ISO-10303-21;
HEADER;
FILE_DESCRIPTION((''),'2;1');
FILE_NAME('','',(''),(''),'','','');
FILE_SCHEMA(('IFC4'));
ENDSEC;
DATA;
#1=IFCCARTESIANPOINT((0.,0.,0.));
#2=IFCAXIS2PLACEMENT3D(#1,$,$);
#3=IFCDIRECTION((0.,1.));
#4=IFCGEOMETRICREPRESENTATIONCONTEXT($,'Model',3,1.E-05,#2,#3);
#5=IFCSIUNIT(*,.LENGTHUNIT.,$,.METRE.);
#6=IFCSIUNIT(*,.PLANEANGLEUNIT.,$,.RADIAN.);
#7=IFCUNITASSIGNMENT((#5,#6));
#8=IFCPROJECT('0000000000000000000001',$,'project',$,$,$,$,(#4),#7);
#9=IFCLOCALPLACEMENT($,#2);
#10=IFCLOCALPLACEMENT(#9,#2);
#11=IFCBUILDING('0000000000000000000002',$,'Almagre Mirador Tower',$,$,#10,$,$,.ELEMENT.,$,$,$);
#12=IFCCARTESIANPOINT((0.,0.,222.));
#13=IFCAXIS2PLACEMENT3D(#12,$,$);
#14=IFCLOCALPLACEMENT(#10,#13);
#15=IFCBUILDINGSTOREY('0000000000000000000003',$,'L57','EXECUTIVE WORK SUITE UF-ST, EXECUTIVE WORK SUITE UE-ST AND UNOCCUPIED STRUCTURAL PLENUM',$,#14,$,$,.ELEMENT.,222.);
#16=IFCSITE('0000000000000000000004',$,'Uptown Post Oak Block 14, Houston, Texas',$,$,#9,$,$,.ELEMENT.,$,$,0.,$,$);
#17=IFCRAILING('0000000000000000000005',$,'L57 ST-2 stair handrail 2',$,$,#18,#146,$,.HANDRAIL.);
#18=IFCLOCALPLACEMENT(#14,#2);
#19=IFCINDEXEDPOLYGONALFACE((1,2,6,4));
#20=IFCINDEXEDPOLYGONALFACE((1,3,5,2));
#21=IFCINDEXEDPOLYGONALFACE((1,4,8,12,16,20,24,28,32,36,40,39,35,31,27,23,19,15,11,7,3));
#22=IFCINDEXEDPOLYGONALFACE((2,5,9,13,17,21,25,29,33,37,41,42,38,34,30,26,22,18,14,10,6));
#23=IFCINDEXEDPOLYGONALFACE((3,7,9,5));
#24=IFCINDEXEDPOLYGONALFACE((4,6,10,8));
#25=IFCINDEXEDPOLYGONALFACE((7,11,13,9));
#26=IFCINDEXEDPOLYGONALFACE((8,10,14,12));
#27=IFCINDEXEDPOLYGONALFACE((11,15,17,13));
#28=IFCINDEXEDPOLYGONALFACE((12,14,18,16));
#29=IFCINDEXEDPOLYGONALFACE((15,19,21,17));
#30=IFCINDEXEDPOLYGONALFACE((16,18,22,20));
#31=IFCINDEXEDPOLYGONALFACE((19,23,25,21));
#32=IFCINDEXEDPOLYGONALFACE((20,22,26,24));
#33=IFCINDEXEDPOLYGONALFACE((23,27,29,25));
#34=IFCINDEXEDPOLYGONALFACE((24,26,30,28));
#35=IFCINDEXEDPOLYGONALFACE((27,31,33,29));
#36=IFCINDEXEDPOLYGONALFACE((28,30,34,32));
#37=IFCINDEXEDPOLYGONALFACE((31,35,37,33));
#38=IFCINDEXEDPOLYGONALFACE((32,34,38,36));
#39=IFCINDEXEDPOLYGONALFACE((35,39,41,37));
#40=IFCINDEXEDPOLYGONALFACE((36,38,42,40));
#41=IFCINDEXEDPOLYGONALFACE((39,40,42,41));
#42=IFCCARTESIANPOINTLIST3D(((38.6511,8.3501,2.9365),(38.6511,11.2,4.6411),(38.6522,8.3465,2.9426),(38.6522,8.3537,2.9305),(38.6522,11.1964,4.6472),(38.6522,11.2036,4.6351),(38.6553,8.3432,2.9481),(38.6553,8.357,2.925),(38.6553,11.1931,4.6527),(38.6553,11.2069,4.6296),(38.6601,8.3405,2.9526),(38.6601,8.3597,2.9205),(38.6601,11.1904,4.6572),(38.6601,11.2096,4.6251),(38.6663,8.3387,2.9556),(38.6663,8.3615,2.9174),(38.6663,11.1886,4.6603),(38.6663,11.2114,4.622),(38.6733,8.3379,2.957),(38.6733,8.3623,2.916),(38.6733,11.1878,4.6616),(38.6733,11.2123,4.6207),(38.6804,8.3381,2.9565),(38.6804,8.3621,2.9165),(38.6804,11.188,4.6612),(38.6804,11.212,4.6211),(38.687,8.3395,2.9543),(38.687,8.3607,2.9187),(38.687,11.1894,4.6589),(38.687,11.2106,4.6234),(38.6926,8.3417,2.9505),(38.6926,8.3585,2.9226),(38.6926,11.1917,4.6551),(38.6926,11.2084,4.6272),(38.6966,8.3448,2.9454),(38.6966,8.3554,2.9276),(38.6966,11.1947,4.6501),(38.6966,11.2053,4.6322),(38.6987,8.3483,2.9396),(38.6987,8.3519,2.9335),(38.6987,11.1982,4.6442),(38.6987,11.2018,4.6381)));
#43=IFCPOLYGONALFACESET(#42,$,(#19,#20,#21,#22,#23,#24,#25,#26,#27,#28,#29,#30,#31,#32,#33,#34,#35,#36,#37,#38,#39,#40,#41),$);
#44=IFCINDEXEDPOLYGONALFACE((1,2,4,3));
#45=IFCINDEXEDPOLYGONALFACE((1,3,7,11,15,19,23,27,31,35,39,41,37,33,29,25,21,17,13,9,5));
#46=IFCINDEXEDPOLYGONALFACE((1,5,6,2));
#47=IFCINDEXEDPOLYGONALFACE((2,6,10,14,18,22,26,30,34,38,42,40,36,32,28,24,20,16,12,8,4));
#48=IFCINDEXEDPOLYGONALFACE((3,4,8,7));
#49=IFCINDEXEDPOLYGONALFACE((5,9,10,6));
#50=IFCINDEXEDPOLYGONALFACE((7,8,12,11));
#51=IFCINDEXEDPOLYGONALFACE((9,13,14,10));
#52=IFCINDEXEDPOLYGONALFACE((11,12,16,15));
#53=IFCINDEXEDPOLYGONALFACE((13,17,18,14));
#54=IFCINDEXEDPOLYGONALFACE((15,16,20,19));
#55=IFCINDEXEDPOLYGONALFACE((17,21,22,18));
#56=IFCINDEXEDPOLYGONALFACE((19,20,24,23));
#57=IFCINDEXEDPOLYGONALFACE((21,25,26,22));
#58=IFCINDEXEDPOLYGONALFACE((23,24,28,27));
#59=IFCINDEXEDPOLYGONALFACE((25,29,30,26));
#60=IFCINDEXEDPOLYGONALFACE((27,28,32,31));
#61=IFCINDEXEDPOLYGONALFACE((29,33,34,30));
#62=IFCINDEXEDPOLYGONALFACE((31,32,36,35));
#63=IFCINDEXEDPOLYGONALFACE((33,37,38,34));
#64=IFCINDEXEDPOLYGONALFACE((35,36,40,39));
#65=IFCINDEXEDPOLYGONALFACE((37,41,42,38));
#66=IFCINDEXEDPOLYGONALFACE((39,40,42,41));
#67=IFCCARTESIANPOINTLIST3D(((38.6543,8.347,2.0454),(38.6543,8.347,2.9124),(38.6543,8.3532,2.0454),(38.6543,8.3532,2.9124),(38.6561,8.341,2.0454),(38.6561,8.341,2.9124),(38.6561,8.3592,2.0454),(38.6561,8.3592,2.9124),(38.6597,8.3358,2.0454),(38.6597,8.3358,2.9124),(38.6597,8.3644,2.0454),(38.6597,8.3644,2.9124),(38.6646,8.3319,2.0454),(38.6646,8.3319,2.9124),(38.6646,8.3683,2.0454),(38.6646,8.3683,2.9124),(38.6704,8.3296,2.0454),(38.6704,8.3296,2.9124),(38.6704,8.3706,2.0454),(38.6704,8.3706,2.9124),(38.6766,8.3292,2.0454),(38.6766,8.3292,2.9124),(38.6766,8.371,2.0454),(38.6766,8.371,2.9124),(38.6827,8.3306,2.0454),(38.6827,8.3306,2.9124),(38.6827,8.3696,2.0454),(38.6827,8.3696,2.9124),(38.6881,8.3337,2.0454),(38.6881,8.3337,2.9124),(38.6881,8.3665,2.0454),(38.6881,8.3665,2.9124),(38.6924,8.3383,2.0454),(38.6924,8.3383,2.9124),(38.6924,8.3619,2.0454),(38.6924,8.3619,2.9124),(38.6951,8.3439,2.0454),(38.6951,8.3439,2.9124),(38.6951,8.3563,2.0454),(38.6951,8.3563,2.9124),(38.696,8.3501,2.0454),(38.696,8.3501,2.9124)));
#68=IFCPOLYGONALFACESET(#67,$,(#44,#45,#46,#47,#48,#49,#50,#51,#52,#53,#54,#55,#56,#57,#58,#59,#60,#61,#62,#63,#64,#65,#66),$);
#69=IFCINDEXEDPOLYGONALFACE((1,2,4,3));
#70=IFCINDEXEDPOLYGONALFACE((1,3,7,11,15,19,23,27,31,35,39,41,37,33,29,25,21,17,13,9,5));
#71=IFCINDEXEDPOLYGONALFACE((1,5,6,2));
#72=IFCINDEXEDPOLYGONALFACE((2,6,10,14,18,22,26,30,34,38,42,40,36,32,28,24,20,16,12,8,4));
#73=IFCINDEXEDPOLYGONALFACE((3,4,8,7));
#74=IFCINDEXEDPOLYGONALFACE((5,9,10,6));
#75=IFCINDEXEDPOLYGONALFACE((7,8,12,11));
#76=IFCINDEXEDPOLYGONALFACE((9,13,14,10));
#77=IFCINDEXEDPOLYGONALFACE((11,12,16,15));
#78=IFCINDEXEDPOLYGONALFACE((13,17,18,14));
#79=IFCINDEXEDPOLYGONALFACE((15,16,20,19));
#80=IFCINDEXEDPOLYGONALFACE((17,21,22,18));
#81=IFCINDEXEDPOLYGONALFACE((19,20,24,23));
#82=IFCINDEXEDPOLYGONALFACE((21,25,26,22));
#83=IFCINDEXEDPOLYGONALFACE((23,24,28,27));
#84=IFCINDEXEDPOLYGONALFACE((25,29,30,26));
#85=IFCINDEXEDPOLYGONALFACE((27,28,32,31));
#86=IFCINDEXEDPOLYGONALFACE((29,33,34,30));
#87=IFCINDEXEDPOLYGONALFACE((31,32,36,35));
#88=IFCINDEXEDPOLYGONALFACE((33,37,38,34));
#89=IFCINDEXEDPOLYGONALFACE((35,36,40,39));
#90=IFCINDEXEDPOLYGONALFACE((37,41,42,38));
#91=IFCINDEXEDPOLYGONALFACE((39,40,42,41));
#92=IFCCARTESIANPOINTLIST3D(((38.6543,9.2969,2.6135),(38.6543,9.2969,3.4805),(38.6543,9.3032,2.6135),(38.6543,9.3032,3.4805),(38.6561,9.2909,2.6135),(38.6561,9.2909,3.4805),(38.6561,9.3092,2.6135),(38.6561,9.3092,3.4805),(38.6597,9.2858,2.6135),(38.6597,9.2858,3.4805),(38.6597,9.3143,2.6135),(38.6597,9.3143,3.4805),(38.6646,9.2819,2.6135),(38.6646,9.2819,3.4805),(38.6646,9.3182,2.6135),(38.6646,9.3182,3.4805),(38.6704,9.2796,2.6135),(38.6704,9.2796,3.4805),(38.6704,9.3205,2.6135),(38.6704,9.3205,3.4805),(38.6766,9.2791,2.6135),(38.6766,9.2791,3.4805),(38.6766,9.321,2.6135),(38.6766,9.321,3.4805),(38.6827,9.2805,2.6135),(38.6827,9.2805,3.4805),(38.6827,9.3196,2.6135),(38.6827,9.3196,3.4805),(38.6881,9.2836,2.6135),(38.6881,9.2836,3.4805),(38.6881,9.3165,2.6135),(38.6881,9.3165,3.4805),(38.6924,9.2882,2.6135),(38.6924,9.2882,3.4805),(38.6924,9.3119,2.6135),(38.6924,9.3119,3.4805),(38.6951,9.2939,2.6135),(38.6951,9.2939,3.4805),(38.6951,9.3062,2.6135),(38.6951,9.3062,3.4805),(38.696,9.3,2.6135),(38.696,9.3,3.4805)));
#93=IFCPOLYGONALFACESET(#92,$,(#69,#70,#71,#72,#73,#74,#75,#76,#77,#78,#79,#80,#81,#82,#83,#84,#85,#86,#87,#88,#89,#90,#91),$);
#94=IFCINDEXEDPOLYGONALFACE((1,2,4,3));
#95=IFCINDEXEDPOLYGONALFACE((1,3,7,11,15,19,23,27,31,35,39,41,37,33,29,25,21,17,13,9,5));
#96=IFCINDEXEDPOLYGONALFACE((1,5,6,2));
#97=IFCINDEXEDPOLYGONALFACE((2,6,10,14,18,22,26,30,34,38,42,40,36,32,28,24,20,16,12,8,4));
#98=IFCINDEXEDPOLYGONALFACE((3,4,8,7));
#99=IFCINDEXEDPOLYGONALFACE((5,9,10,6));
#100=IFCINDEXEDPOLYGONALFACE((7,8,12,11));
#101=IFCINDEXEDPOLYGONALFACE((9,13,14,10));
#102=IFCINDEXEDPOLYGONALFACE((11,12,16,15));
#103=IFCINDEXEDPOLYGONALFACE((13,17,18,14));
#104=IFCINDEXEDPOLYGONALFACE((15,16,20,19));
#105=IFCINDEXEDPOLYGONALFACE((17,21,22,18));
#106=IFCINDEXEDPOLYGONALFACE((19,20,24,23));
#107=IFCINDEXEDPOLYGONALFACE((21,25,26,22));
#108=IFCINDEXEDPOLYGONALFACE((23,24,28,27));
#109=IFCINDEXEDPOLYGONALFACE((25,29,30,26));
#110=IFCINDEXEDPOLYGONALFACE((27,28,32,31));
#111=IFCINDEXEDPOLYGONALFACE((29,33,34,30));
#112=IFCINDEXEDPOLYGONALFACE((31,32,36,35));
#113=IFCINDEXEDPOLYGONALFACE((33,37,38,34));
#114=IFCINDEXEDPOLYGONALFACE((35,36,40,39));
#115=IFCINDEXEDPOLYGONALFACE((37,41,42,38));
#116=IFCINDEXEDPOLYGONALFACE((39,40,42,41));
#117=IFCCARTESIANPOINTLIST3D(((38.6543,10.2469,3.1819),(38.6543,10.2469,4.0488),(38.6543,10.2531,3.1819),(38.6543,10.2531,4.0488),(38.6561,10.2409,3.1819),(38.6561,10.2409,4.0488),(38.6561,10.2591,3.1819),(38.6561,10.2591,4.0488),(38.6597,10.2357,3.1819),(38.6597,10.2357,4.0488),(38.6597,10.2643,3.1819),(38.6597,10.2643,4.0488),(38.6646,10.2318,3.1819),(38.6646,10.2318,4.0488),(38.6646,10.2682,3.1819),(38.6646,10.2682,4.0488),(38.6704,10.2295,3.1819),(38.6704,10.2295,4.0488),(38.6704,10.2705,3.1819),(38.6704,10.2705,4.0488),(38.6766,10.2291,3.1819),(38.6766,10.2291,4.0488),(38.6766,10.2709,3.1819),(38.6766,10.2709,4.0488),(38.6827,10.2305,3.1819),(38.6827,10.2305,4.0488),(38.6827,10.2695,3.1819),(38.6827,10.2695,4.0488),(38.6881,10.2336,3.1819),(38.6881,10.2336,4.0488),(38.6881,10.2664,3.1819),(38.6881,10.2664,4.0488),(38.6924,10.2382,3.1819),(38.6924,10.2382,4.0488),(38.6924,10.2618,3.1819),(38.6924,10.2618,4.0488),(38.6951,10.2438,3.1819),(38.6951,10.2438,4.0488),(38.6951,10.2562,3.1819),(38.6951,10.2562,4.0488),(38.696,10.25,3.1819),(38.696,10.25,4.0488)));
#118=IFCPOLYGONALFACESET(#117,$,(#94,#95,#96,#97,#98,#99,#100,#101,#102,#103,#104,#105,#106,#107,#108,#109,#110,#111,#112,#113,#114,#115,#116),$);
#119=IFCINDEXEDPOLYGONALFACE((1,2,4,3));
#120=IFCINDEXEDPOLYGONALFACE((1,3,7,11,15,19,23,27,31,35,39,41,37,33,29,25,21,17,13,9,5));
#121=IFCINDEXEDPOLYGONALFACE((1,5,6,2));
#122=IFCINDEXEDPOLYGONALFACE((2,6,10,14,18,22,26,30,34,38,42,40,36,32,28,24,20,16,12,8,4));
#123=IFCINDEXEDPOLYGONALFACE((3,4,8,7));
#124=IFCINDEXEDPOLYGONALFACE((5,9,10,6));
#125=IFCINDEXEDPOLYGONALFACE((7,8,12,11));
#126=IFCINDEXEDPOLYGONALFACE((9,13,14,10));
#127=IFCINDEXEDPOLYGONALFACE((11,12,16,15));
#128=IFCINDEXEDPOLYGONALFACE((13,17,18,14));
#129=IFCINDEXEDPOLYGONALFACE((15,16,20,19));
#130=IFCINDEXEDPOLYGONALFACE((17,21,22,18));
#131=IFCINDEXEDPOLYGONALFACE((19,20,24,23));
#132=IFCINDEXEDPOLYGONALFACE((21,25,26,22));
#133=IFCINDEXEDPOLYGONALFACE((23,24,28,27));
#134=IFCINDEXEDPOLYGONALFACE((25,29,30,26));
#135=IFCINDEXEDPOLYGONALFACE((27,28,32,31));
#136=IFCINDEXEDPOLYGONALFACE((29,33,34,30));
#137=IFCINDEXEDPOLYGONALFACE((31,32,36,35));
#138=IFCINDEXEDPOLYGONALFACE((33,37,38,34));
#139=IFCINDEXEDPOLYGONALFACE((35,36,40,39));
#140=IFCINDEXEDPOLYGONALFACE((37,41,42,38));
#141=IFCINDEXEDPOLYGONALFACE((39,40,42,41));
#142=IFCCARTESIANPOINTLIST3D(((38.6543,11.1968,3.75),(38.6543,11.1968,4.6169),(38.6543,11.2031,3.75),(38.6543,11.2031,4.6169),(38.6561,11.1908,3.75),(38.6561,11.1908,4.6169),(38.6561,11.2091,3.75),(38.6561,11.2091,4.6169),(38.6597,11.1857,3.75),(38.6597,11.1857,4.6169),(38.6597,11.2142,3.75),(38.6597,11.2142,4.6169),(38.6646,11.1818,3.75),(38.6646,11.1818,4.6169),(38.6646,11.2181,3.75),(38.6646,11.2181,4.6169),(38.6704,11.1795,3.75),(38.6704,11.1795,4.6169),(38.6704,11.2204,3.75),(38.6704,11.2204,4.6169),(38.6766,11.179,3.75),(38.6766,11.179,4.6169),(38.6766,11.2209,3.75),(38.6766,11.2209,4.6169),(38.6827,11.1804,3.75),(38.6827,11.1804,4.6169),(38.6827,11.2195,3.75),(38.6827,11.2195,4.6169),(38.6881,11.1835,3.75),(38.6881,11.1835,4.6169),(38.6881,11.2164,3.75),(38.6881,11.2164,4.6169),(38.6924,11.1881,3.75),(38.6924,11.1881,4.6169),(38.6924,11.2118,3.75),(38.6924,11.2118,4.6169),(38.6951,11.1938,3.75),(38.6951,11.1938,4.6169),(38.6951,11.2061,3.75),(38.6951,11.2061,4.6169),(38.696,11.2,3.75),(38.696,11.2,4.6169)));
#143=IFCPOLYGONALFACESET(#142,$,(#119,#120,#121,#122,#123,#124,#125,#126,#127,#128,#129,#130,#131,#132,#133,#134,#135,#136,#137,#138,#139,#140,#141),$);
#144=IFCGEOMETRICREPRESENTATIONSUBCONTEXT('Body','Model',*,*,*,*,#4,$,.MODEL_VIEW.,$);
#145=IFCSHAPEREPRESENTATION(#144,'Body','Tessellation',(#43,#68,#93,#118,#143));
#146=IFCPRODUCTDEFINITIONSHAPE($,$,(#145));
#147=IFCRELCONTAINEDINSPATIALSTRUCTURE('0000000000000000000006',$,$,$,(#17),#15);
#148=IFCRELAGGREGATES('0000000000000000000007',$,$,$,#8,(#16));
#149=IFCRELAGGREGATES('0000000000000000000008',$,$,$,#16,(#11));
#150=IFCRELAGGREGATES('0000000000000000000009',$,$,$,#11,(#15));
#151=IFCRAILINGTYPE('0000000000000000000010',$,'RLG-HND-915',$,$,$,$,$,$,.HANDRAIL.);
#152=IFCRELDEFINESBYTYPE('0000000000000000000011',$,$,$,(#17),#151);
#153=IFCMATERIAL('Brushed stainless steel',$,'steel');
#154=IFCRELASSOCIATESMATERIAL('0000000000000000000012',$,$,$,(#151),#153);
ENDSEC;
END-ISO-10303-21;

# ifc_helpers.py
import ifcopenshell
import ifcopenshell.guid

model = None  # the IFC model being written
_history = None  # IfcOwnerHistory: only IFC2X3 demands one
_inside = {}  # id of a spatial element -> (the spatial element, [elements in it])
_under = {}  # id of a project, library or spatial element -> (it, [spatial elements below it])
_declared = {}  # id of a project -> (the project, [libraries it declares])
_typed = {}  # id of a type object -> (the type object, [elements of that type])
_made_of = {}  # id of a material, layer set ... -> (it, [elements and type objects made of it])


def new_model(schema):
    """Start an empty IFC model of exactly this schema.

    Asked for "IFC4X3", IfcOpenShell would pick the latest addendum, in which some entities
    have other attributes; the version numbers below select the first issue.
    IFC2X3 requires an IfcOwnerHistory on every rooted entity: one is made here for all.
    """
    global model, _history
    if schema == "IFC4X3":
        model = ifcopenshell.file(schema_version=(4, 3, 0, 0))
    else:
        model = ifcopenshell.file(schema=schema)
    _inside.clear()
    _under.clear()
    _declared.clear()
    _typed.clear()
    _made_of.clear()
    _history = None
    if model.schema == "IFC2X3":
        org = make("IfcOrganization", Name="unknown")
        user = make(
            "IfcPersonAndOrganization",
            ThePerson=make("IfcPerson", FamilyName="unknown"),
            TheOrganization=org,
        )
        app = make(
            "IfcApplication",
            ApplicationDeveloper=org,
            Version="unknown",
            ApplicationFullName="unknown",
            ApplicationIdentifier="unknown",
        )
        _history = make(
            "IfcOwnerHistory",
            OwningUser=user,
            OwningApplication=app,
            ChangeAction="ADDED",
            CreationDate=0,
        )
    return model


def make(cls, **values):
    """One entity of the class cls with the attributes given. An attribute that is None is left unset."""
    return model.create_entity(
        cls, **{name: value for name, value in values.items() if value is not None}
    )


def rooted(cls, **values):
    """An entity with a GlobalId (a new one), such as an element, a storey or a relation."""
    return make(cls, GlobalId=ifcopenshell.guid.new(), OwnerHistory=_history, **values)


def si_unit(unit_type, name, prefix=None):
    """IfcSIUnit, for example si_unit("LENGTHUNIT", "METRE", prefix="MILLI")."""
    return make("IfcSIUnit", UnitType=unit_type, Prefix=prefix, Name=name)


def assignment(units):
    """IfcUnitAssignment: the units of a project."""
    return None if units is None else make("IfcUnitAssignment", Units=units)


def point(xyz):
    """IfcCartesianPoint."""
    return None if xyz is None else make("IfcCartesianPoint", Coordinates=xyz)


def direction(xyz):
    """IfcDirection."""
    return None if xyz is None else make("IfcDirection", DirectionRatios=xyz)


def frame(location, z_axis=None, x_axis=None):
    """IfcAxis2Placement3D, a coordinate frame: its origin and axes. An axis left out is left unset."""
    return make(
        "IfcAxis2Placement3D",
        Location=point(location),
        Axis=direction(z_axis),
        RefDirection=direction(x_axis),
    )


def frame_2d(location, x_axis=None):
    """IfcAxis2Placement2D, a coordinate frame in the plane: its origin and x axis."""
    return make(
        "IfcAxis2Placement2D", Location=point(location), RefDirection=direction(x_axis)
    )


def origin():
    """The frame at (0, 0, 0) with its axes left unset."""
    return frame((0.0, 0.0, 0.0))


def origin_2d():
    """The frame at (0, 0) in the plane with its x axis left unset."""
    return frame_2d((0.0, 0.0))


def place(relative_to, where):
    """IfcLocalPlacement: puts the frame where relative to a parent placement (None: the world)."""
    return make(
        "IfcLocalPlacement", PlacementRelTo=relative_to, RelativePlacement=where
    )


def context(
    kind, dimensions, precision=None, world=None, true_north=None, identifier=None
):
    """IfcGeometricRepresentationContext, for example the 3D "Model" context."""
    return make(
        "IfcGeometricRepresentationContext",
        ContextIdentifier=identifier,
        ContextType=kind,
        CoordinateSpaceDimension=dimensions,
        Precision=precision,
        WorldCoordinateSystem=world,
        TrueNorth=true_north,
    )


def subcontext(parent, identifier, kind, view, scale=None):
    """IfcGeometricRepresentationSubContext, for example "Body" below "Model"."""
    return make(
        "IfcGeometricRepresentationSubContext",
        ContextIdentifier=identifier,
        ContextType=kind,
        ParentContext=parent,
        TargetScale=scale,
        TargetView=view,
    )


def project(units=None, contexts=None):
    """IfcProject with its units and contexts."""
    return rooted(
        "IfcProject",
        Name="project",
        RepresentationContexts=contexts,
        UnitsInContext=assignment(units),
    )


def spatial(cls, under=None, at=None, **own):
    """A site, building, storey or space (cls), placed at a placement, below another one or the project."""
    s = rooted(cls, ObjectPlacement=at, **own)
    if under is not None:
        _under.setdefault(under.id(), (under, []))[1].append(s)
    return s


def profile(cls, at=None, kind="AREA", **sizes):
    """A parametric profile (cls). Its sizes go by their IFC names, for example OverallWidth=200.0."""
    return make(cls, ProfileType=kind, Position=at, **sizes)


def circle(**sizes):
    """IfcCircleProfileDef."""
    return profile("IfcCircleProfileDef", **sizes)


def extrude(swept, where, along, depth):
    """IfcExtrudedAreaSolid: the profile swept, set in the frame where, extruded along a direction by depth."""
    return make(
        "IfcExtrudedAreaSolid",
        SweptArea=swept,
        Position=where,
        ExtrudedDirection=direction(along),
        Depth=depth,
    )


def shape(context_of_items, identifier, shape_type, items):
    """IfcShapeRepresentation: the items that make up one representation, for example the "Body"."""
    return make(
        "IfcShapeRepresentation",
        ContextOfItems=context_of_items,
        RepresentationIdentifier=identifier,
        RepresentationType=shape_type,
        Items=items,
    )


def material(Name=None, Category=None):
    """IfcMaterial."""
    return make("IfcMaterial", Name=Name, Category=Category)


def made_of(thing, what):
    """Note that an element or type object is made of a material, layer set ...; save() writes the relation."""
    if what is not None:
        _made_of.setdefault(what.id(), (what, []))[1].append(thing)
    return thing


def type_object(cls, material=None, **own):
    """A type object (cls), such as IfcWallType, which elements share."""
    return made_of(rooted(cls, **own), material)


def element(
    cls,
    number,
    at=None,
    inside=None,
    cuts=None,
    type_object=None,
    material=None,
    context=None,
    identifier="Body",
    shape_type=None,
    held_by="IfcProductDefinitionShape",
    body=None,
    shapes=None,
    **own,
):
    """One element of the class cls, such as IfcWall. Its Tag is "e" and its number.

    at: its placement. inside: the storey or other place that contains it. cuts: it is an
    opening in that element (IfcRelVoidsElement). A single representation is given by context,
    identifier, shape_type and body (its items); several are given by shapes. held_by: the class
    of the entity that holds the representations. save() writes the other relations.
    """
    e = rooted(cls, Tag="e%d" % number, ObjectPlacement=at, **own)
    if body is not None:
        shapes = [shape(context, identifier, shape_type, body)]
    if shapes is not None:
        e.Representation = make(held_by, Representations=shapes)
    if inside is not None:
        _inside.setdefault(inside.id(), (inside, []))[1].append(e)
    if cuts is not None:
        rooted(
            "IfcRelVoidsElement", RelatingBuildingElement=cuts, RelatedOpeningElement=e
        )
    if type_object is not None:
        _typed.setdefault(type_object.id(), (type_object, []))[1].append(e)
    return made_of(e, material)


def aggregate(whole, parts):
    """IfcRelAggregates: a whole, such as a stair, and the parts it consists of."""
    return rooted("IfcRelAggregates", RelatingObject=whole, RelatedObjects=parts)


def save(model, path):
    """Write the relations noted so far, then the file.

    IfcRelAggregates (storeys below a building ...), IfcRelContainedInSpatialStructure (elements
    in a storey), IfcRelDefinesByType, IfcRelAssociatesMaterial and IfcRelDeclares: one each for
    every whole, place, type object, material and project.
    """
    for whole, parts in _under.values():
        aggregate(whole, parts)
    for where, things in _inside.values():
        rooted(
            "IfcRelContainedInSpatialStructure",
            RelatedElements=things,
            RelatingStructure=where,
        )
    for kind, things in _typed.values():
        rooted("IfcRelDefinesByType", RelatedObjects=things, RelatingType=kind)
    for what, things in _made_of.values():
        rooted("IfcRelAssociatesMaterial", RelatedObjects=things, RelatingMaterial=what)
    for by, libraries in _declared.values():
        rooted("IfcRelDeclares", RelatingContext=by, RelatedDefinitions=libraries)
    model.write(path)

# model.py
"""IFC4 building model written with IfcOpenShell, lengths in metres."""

from ifc_helpers import new_model, si_unit, direction, frame, origin, origin_2d, place, context, subcontext, project, spatial, circle, extrude, material, type_object, element, save


model = new_model("IFC4")

# Units and contexts
model_context = context("Model", 3, precision=1e-05, world=origin(), true_north=direction((0.0, 1.0)))
body_context = subcontext(model_context, "Body", "Model", "MODEL_VIEW")
ifc_project = project(units=[si_unit("LENGTHUNIT", "METRE"), si_unit("PLANEANGLEUNIT", "RADIAN")], contexts=[model_context])

# Site, building, storey
site_placement = place(None, origin())
site = spatial("IfcSite", under=ifc_project, at=site_placement, Name="Uptown Post Oak Block 14, Houston, Texas", CompositionType="ELEMENT", RefElevation=0.0)
building_placement = place(site_placement, origin())
building = spatial("IfcBuilding", under=site, at=building_placement, Name="Almagre Mirador Tower", CompositionType="ELEMENT")
storey_placement = place(building_placement, frame((0.0, 0.0, 222.0)))
storey = spatial("IfcBuildingStorey", under=building, at=storey_placement, Name="L57", Description="EXECUTIVE WORK SUITE UF-ST, EXECUTIVE WORK SUITE UE-ST AND UNOCCUPIED STRUCTURAL PLENUM", CompositionType="ELEMENT", Elevation=222.0)

# Railing
ifc_material_1 = material(Name="Brushed stainless steel", Category="steel")
railing_type_1 = type_object("IfcRailingType", Name="RLG-HND-915", PredefinedType="HANDRAIL", material=ifc_material_1)
railing_1_placement = place(storey_placement, frame((38.675, 8.3501, 2.0454)))
element("IfcRailing", 1, at=railing_1_placement, inside=storey, type_object=railing_type_1, Name="L57 ST-2 stair handrail 2", PredefinedType="HANDRAIL", context=body_context, shape_type="SweptSolid", body=[
    extrude(circle(Radius=0.0239, at=origin_2d()), frame((0.0, 0.0, 0.8911), z_axis=(0.0, 0.858199, 0.513317), x_axis=(-1.0, 0.0, 0.0)), (0.0, 0.0, 1.0), 3.3208),
    extrude(circle(Radius=0.021, at=origin_2d()), origin(), (0.0, 0.0, 1.0), 0.8669),
    extrude(circle(Radius=0.021, at=origin_2d()), frame((0.0, 0.95, 0.5681)), (0.0, 0.0, 1.0), 0.8669),
    extrude(circle(Radius=0.021, at=origin_2d()), frame((0.0, 1.8999, 1.1365)), (0.0, 0.0, 1.0), 0.8669),
    extrude(circle(Radius=0.021, at=origin_2d()), frame((0.0, 2.8499, 1.7046)), (0.0, 0.0, 1.0), 0.8669),
])

save(model, "model.ifc")
